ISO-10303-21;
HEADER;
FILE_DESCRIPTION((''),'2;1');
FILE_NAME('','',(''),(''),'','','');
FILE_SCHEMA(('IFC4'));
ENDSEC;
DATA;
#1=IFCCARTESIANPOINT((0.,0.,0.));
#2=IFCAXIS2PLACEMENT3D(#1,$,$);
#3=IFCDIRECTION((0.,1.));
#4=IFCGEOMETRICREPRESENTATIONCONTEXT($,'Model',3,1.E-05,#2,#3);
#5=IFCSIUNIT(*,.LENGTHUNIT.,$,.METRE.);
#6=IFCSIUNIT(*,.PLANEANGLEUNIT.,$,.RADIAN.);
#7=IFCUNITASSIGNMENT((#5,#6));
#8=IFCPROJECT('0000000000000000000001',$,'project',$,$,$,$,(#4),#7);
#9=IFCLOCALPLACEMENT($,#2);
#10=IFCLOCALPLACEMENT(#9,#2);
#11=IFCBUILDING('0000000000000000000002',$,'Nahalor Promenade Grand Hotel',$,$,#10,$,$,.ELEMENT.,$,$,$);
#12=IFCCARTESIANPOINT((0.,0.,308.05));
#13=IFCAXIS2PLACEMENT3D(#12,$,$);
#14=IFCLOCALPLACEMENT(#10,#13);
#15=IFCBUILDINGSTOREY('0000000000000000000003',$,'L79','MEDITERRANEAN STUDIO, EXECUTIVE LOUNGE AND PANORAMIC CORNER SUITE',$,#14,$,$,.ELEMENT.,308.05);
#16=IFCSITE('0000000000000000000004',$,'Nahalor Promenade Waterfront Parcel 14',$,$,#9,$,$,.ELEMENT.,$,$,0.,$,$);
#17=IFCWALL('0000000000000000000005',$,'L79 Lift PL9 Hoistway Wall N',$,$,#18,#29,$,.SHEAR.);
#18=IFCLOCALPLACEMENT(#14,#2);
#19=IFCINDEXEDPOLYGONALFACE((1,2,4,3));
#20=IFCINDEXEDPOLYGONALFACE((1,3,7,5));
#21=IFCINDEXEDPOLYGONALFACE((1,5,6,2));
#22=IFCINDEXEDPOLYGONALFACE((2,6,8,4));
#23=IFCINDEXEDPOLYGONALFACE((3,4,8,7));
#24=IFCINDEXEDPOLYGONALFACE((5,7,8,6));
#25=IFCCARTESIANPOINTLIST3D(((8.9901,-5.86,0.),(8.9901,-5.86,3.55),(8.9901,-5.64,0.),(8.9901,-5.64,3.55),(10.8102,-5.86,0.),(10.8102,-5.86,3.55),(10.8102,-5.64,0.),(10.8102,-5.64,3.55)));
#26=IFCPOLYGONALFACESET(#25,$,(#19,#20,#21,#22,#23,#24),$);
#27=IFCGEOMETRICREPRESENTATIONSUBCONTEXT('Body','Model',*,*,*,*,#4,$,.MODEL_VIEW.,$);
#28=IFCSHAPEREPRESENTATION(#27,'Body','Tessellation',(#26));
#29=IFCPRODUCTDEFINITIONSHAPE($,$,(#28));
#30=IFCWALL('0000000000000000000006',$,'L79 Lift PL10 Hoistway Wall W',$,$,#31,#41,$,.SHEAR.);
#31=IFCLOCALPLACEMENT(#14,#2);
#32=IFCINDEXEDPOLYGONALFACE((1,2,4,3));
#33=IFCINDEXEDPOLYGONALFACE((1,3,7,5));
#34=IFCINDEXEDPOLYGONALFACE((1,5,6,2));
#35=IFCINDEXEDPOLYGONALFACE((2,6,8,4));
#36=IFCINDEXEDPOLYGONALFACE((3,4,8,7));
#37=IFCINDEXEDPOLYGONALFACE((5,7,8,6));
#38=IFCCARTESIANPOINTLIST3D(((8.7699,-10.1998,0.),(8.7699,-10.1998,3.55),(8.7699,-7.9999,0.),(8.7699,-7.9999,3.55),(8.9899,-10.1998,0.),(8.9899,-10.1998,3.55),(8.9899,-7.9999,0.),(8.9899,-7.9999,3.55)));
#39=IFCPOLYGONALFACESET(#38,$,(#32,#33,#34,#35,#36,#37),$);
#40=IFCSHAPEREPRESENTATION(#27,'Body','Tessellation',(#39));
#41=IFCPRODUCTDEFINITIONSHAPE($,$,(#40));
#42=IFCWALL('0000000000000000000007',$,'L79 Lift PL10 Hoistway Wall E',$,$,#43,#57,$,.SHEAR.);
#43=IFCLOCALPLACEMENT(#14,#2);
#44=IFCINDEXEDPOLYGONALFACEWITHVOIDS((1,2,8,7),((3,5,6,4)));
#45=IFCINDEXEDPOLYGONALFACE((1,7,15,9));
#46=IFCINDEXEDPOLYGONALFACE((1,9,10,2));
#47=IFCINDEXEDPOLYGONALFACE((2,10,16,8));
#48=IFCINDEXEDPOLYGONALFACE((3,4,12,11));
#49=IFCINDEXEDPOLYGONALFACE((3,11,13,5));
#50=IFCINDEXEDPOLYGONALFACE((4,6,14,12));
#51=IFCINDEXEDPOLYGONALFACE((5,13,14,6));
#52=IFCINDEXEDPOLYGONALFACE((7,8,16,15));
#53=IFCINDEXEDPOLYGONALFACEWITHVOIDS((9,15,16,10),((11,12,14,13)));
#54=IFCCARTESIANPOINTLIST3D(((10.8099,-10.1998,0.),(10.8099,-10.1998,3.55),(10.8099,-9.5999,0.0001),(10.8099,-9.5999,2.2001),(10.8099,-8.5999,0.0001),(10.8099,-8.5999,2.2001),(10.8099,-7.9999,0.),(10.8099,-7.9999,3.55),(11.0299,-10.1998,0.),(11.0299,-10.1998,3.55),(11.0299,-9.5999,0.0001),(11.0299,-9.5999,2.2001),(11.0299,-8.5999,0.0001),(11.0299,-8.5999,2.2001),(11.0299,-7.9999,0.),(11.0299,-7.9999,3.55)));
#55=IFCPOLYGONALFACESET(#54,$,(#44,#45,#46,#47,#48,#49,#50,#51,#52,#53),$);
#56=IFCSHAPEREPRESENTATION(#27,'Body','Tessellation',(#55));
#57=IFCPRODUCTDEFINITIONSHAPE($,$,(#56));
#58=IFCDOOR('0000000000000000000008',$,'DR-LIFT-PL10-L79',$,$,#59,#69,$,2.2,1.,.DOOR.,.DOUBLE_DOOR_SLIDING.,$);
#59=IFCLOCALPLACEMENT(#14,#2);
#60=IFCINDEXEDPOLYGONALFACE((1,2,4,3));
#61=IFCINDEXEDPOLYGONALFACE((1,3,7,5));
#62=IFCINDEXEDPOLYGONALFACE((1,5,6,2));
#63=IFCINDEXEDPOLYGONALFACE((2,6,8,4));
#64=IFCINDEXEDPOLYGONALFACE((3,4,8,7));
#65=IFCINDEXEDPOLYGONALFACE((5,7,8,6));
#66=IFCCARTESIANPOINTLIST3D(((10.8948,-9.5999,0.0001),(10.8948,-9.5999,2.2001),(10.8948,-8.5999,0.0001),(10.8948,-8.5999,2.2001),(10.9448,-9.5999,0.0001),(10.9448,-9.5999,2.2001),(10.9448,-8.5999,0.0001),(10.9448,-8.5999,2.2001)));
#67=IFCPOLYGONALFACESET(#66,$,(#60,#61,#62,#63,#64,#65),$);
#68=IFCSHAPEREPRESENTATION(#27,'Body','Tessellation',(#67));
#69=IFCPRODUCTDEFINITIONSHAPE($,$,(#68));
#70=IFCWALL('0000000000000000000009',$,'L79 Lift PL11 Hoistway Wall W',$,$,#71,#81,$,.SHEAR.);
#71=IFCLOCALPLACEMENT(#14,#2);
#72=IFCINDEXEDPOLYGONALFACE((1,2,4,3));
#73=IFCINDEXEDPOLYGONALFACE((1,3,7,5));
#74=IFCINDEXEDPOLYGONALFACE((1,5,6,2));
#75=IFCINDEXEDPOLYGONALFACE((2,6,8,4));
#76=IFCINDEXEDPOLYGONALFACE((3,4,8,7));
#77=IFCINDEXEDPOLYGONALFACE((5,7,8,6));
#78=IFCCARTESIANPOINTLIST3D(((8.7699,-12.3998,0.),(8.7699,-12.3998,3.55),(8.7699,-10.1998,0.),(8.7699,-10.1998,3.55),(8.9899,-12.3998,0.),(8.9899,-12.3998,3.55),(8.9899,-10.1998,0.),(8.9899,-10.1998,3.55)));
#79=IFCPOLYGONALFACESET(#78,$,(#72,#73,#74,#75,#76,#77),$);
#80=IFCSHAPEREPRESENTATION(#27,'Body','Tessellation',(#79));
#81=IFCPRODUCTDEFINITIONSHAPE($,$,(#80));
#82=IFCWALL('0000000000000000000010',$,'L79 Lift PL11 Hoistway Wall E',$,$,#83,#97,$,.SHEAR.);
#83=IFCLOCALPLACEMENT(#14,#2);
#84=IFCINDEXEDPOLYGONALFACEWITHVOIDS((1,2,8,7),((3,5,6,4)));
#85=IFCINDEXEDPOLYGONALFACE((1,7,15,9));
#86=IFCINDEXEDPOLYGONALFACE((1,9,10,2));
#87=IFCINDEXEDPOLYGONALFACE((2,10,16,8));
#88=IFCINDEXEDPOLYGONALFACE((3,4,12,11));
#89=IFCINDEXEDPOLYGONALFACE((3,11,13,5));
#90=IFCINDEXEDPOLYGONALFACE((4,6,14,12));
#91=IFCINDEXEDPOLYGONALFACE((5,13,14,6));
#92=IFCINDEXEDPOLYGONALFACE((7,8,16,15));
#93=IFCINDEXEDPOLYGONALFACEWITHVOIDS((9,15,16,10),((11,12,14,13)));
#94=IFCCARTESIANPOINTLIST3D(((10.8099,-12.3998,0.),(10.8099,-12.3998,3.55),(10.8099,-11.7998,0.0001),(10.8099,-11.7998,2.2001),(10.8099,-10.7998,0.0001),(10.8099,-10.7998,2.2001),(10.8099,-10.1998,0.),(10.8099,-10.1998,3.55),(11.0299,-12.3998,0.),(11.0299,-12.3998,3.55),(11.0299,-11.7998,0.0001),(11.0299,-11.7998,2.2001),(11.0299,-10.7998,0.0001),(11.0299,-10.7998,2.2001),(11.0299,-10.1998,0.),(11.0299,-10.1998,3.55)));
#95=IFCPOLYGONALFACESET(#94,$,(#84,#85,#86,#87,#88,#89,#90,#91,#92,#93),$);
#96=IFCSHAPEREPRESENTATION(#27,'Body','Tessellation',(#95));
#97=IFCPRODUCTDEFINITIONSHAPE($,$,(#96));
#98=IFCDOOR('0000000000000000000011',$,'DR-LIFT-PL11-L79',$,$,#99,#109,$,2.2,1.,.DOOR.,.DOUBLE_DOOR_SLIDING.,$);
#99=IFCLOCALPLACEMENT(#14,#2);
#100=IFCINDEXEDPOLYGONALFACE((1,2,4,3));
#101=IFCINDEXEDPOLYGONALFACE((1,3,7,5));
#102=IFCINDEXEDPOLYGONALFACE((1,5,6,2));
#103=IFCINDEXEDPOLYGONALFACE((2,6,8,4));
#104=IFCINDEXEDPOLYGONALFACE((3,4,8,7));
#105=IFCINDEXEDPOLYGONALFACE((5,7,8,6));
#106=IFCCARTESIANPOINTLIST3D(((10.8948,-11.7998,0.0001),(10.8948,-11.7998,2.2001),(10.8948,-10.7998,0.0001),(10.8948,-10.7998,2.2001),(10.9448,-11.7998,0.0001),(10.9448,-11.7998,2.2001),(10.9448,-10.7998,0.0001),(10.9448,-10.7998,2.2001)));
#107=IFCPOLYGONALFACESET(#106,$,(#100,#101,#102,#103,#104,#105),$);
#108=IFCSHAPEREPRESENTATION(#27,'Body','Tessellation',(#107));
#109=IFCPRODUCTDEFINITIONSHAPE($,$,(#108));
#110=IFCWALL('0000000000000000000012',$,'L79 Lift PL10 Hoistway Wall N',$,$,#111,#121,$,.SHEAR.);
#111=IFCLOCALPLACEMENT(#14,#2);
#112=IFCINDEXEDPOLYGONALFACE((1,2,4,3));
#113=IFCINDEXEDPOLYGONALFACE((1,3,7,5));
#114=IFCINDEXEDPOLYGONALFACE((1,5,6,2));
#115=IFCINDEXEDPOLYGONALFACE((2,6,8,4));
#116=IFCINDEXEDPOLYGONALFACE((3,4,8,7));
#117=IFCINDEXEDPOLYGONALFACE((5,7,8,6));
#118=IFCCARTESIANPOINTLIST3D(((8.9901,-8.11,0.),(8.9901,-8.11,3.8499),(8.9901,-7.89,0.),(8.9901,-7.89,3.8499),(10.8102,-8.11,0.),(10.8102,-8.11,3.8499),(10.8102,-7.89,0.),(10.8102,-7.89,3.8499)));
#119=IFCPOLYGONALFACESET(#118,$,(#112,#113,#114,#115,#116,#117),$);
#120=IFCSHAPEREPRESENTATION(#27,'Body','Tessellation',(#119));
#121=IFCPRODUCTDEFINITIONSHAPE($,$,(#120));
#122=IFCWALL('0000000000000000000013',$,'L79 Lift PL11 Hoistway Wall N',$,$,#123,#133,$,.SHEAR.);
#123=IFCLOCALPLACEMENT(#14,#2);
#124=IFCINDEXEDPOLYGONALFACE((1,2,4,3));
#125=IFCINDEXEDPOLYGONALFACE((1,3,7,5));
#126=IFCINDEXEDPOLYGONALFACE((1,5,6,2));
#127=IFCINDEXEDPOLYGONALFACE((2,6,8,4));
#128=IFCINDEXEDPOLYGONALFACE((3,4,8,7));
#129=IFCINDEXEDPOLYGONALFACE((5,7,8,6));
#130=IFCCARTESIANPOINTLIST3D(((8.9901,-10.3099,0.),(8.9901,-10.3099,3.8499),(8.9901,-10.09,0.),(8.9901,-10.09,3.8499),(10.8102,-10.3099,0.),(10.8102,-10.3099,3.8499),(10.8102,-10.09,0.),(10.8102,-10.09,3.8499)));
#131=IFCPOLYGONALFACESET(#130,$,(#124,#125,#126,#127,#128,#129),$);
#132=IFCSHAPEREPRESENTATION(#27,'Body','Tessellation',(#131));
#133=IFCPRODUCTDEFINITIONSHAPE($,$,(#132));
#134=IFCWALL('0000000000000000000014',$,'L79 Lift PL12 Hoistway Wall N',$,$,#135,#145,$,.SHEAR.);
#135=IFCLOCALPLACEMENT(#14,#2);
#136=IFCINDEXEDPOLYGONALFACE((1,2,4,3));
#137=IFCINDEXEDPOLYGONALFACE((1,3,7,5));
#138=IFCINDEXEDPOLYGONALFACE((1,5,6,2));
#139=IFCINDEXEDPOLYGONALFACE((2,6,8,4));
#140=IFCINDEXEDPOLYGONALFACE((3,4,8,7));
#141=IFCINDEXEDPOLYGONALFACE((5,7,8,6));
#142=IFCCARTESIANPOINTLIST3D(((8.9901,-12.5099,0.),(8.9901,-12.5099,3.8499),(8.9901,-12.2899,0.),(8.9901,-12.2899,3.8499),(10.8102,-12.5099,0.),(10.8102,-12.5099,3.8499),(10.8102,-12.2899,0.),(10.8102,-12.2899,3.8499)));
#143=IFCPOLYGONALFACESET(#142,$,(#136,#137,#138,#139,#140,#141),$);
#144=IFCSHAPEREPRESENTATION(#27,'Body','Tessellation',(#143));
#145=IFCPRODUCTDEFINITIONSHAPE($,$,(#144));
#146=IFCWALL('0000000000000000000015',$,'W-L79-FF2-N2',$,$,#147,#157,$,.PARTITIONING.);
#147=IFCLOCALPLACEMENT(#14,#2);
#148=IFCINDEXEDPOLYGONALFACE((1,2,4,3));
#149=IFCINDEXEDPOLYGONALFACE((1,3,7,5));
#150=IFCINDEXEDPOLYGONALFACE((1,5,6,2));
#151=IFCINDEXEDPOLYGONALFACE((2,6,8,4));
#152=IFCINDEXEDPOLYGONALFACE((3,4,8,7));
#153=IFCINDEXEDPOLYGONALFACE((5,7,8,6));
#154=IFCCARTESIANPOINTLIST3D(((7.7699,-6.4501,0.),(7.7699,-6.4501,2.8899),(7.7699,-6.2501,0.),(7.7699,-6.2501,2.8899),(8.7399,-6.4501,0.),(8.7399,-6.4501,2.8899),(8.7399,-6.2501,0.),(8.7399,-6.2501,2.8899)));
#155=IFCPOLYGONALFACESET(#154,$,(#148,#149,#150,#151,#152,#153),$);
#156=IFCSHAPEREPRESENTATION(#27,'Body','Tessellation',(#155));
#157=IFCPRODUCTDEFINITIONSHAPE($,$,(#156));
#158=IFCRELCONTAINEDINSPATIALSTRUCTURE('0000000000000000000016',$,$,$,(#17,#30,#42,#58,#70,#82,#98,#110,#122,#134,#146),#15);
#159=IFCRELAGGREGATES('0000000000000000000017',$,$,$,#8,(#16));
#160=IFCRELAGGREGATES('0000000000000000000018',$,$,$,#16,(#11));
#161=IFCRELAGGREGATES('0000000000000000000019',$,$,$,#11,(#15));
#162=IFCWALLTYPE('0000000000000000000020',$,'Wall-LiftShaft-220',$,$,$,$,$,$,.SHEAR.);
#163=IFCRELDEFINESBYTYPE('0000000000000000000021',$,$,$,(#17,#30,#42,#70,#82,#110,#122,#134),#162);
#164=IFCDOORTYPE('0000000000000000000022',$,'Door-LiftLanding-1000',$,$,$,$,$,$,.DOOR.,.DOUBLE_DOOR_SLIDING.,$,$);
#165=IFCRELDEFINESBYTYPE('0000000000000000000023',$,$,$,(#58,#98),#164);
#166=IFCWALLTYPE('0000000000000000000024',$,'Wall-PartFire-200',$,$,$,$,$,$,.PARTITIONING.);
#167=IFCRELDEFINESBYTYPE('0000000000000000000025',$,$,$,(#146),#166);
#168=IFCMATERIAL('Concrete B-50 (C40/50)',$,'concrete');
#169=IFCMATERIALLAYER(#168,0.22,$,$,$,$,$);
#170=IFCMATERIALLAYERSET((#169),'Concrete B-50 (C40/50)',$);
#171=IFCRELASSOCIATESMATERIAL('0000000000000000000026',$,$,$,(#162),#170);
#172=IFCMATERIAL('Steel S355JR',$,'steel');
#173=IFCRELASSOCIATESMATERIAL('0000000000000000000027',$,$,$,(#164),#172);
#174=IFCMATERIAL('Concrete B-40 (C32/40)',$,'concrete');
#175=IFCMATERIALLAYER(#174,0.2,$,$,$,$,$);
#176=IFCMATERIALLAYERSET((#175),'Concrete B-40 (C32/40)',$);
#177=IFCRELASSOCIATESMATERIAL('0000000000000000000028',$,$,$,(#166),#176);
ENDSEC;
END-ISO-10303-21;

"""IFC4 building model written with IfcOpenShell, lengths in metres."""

from ifc_helpers import new_model, si_unit, direction, frame, frame_2d, origin, place, context, subcontext, project, spatial, rectangle, extrude, source, transform, mapped, material, layer, layer_set, type_object, element, fill, save


model = new_model("IFC4")

# Units and contexts
model_context = context("Model", 3, precision=1e-05, world=origin(), true_north=direction((0.0, 1.0)))
body_context = subcontext(model_context, "Body", "Model", "MODEL_VIEW")
ifc_project = project(units=[si_unit("LENGTHUNIT", "METRE"), si_unit("PLANEANGLEUNIT", "RADIAN")], contexts=[model_context])

# Site, building, storey
site_placement = place(None, origin())
site = spatial("IfcSite", under=ifc_project, at=site_placement, Name="Nahalor Promenade Waterfront Parcel 14", CompositionType="ELEMENT", RefElevation=0.0)
building_placement = place(site_placement, origin())
building = spatial("IfcBuilding", under=site, at=building_placement, Name="Nahalor Promenade Grand Hotel", CompositionType="ELEMENT")
storey_placement = place(building_placement, frame((0.0, 0.0, 308.05)))
storey = spatial("IfcBuildingStorey", under=building, at=storey_placement, Name="L79", Description="MEDITERRANEAN STUDIO, EXECUTIVE LOUNGE AND PANORAMIC CORNER SUITE", CompositionType="ELEMENT", Elevation=308.05)

# Shared definitions
ifc_material_1 = material(Name="Steel S355JR", Category="steel")

# Shared definitions
ifc_material_2 = material(Name="Concrete B-50 (C40/50)", Category="concrete")
ifc_layer_1 = layer(ifc_material_2, 0.22)
ifc_layer_set_1 = layer_set([ifc_layer_1], Name="Concrete B-50 (C40/50)")
wall_type_1 = type_object("IfcWallType", Name="Wall-LiftShaft-220", PredefinedType="SHEAR", material=ifc_layer_set_1)

# Shared definitions
door_type = type_object("IfcDoorType", Name="Door-LiftLanding-1000", OperationType="DOUBLE_DOOR_SLIDING", PredefinedType="DOOR", material=ifc_material_1)
shared_shape_1 = source(origin(), body_context, "Body", "SweptSolid", [
    extrude(rectangle(XDim=1.0, YDim=2.2, at=frame_2d((0.5, 1.1001))), frame((0.0, 0.0249, 0.0), z_axis=(0.0, -1.0, 0.0), x_axis=(1.0, 0.0, 0.0)), (0.0, 0.0, 1.0), 0.05),
])

# Walls
shared_shape_2 = source(origin(), body_context, "Body", "SweptSolid", [
    extrude(rectangle(XDim=1.8201, YDim=0.22, at=frame_2d((0.9102, 0.0))), origin(), (0.0, 0.0, 1.0), 3.55),
])
wall_1_placement = place(storey_placement, frame((8.99, -5.75, 0.0), z_axis=(0.0, 0.0, 1.0), x_axis=(1.0, 0.0, 0.0)))
element("IfcWall", 1, at=wall_1_placement, inside=storey, type_object=wall_type_1, Name="L79 Lift PL9 Hoistway Wall N", PredefinedType="SHEAR", context=body_context, shape_type="MappedRepresentation", body=[
    mapped(shared_shape_2, transform((0.0, 0.0, 0.0), scale=1.0)),
])
shared_shape_3 = source(origin(), body_context, "Body", "SweptSolid", [
    extrude(rectangle(XDim=2.2, YDim=0.22, at=frame_2d((1.1001, 0.0))), origin(), (0.0, 0.0, 1.0), 3.55),
])
wall_2_placement = place(storey_placement, frame((8.8799, -10.2, 0.0), z_axis=(0.0, 0.0, 1.0), x_axis=(0.0, 1.0, 0.0)))
element("IfcWall", 2, at=wall_2_placement, inside=storey, type_object=wall_type_1, Name="L79 Lift PL10 Hoistway Wall W", PredefinedType="SHEAR", context=body_context, shape_type="MappedRepresentation", body=[
    mapped(shared_shape_3, transform((0.0, 0.0, 0.0), scale=1.0)),
])

# Wall, opening, door
wall_3_placement = place(storey_placement, frame((10.9199, -10.2, 0.0), z_axis=(0.0, 0.0, 1.0), x_axis=(0.0, 1.0, 0.0)))
wall_3 = element("IfcWall", 3, at=wall_3_placement, inside=storey, type_object=wall_type_1, Name="L79 Lift PL10 Hoistway Wall E", PredefinedType="SHEAR", context=body_context, shape_type="MappedRepresentation", body=[
    mapped(shared_shape_3, transform((0.0, 0.0, 0.0), scale=1.0)),
])
opening_1_placement = place(wall_3_placement, frame((0.6001, 0.0, 0.0)))
opening_1 = element("IfcOpeningElement", 4, at=opening_1_placement, cuts=wall_3, PredefinedType="OPENING", context=body_context, shape_type="SweptSolid", body=[
    extrude(rectangle(XDim=1.0, YDim=2.2, at=frame_2d((0.5, 1.1001))), frame((0.0, 0.1199, 0.0), z_axis=(0.0, -1.0, 0.0), x_axis=(1.0, 0.0, 0.0)), (0.0, 0.0, 1.0), 0.24),
])
door_1_placement = place(opening_1_placement, frame((1.0, 0.0, 0.0), z_axis=(0.0, 0.0, 1.0), x_axis=(-1.0, 0.0, 0.0)))
door_1 = element("IfcDoor", 5, at=door_1_placement, inside=storey, type_object=door_type, Name="DR-LIFT-PL10-L79", OperationType="DOUBLE_DOOR_SLIDING", OverallHeight=2.2, OverallWidth=1.0, PredefinedType="DOOR", context=body_context, shape_type="MappedRepresentation", body=[
    mapped(shared_shape_1, transform((0.0, 0.0, 0.0), scale=1.0)),
])
fill(opening_1, door_1)

# Wall
wall_4_placement = place(storey_placement, frame((8.8799, -12.3999, 0.0), z_axis=(0.0, 0.0, 1.0), x_axis=(0.0, 1.0, 0.0)))
element("IfcWall", 6, at=wall_4_placement, inside=storey, type_object=wall_type_1, Name="L79 Lift PL11 Hoistway Wall W", PredefinedType="SHEAR", context=body_context, shape_type="MappedRepresentation", body=[
    mapped(shared_shape_3, transform((0.0, 0.0, 0.0), scale=1.0)),
])

# Wall, opening, door
wall_5_placement = place(storey_placement, frame((10.9199, -12.3999, 0.0), z_axis=(0.0, 0.0, 1.0), x_axis=(0.0, 1.0, 0.0)))
wall_5 = element("IfcWall", 7, at=wall_5_placement, inside=storey, type_object=wall_type_1, Name="L79 Lift PL11 Hoistway Wall E", PredefinedType="SHEAR", context=body_context, shape_type="MappedRepresentation", body=[
    mapped(shared_shape_3, transform((0.0, 0.0, 0.0), scale=1.0)),
])
opening_2_placement = place(wall_5_placement, frame((0.6001, 0.0, 0.0)))
opening_2 = element("IfcOpeningElement", 8, at=opening_2_placement, cuts=wall_5, PredefinedType="OPENING", context=body_context, shape_type="SweptSolid", body=[
    extrude(rectangle(XDim=1.0, YDim=2.2, at=frame_2d((0.5, 1.1001))), frame((0.0, 0.1199, 0.0), z_axis=(0.0, -1.0, 0.0), x_axis=(1.0, 0.0, 0.0)), (0.0, 0.0, 1.0), 0.24),
])
door_2_placement = place(opening_2_placement, frame((1.0, 0.0, 0.0), z_axis=(0.0, 0.0, 1.0), x_axis=(-1.0, 0.0, 0.0)))
door_2 = element("IfcDoor", 9, at=door_2_placement, inside=storey, type_object=door_type, Name="DR-LIFT-PL11-L79", OperationType="DOUBLE_DOOR_SLIDING", OverallHeight=2.2, OverallWidth=1.0, PredefinedType="DOOR", context=body_context, shape_type="MappedRepresentation", body=[
    mapped(shared_shape_1, transform((0.0, 0.0, 0.0), scale=1.0)),
])
fill(opening_2, door_2)

# Walls
shared_shape_4 = source(origin(), body_context, "Body", "SweptSolid", [
    extrude(rectangle(XDim=1.8201, YDim=0.22, at=frame_2d((0.9102, 0.0))), origin(), (0.0, 0.0, 1.0), 3.8499),
])
for number, where, z_axis, x_axis, name in (
    (10, (8.99, -8.0, 0.0), (0.0, 0.0, 1.0), (1.0, 0.0, 0.0), "L79 Lift PL10 Hoistway Wall N"),
    (11, (8.99, -10.2, 0.0), (0.0, 0.0, 1.0), (1.0, 0.0, 0.0), "L79 Lift PL11 Hoistway Wall N"),
    (12, (8.99, -12.3999, 0.0), (0.0, 0.0, 1.0), (1.0, 0.0, 0.0), "L79 Lift PL12 Hoistway Wall N"),
):
    element("IfcWall", number, at=place(storey_placement, frame(where, z_axis=z_axis, x_axis=x_axis)), inside=storey, type_object=wall_type_1, Name=name, PredefinedType="SHEAR", context=body_context, shape_type="MappedRepresentation", body=[
        mapped(shared_shape_4, transform((0.0, 0.0, 0.0), scale=1.0)),
    ])
ifc_material_3 = material(Name="Concrete B-40 (C32/40)", Category="concrete")
ifc_layer_2 = layer(ifc_material_3, 0.2)
ifc_layer_set_2 = layer_set([ifc_layer_2], Name="Concrete B-40 (C32/40)")
wall_type_2 = type_object("IfcWallType", Name="Wall-PartFire-200", PredefinedType="PARTITIONING", material=ifc_layer_set_2)
shared_shape_5 = source(origin(), body_context, "Body", "SweptSolid", [
    extrude(rectangle(XDim=0.97, YDim=0.2, at=frame_2d((0.4849, 0.0))), origin(), (0.0, 0.0, 1.0), 2.8899),
])
wall_6_placement = place(storey_placement, frame((7.77, -6.3501, 0.0), z_axis=(0.0, 0.0, 1.0), x_axis=(1.0, 0.0, 0.0)))
element("IfcWall", 13, at=wall_6_placement, inside=storey, type_object=wall_type_2, Name="W-L79-FF2-N2", PredefinedType="PARTITIONING", context=body_context, shape_type="MappedRepresentation", body=[
    mapped(shared_shape_5, transform((0.0, 0.0, 0.0), scale=1.0)),
])

save(model, "model.ifc")
